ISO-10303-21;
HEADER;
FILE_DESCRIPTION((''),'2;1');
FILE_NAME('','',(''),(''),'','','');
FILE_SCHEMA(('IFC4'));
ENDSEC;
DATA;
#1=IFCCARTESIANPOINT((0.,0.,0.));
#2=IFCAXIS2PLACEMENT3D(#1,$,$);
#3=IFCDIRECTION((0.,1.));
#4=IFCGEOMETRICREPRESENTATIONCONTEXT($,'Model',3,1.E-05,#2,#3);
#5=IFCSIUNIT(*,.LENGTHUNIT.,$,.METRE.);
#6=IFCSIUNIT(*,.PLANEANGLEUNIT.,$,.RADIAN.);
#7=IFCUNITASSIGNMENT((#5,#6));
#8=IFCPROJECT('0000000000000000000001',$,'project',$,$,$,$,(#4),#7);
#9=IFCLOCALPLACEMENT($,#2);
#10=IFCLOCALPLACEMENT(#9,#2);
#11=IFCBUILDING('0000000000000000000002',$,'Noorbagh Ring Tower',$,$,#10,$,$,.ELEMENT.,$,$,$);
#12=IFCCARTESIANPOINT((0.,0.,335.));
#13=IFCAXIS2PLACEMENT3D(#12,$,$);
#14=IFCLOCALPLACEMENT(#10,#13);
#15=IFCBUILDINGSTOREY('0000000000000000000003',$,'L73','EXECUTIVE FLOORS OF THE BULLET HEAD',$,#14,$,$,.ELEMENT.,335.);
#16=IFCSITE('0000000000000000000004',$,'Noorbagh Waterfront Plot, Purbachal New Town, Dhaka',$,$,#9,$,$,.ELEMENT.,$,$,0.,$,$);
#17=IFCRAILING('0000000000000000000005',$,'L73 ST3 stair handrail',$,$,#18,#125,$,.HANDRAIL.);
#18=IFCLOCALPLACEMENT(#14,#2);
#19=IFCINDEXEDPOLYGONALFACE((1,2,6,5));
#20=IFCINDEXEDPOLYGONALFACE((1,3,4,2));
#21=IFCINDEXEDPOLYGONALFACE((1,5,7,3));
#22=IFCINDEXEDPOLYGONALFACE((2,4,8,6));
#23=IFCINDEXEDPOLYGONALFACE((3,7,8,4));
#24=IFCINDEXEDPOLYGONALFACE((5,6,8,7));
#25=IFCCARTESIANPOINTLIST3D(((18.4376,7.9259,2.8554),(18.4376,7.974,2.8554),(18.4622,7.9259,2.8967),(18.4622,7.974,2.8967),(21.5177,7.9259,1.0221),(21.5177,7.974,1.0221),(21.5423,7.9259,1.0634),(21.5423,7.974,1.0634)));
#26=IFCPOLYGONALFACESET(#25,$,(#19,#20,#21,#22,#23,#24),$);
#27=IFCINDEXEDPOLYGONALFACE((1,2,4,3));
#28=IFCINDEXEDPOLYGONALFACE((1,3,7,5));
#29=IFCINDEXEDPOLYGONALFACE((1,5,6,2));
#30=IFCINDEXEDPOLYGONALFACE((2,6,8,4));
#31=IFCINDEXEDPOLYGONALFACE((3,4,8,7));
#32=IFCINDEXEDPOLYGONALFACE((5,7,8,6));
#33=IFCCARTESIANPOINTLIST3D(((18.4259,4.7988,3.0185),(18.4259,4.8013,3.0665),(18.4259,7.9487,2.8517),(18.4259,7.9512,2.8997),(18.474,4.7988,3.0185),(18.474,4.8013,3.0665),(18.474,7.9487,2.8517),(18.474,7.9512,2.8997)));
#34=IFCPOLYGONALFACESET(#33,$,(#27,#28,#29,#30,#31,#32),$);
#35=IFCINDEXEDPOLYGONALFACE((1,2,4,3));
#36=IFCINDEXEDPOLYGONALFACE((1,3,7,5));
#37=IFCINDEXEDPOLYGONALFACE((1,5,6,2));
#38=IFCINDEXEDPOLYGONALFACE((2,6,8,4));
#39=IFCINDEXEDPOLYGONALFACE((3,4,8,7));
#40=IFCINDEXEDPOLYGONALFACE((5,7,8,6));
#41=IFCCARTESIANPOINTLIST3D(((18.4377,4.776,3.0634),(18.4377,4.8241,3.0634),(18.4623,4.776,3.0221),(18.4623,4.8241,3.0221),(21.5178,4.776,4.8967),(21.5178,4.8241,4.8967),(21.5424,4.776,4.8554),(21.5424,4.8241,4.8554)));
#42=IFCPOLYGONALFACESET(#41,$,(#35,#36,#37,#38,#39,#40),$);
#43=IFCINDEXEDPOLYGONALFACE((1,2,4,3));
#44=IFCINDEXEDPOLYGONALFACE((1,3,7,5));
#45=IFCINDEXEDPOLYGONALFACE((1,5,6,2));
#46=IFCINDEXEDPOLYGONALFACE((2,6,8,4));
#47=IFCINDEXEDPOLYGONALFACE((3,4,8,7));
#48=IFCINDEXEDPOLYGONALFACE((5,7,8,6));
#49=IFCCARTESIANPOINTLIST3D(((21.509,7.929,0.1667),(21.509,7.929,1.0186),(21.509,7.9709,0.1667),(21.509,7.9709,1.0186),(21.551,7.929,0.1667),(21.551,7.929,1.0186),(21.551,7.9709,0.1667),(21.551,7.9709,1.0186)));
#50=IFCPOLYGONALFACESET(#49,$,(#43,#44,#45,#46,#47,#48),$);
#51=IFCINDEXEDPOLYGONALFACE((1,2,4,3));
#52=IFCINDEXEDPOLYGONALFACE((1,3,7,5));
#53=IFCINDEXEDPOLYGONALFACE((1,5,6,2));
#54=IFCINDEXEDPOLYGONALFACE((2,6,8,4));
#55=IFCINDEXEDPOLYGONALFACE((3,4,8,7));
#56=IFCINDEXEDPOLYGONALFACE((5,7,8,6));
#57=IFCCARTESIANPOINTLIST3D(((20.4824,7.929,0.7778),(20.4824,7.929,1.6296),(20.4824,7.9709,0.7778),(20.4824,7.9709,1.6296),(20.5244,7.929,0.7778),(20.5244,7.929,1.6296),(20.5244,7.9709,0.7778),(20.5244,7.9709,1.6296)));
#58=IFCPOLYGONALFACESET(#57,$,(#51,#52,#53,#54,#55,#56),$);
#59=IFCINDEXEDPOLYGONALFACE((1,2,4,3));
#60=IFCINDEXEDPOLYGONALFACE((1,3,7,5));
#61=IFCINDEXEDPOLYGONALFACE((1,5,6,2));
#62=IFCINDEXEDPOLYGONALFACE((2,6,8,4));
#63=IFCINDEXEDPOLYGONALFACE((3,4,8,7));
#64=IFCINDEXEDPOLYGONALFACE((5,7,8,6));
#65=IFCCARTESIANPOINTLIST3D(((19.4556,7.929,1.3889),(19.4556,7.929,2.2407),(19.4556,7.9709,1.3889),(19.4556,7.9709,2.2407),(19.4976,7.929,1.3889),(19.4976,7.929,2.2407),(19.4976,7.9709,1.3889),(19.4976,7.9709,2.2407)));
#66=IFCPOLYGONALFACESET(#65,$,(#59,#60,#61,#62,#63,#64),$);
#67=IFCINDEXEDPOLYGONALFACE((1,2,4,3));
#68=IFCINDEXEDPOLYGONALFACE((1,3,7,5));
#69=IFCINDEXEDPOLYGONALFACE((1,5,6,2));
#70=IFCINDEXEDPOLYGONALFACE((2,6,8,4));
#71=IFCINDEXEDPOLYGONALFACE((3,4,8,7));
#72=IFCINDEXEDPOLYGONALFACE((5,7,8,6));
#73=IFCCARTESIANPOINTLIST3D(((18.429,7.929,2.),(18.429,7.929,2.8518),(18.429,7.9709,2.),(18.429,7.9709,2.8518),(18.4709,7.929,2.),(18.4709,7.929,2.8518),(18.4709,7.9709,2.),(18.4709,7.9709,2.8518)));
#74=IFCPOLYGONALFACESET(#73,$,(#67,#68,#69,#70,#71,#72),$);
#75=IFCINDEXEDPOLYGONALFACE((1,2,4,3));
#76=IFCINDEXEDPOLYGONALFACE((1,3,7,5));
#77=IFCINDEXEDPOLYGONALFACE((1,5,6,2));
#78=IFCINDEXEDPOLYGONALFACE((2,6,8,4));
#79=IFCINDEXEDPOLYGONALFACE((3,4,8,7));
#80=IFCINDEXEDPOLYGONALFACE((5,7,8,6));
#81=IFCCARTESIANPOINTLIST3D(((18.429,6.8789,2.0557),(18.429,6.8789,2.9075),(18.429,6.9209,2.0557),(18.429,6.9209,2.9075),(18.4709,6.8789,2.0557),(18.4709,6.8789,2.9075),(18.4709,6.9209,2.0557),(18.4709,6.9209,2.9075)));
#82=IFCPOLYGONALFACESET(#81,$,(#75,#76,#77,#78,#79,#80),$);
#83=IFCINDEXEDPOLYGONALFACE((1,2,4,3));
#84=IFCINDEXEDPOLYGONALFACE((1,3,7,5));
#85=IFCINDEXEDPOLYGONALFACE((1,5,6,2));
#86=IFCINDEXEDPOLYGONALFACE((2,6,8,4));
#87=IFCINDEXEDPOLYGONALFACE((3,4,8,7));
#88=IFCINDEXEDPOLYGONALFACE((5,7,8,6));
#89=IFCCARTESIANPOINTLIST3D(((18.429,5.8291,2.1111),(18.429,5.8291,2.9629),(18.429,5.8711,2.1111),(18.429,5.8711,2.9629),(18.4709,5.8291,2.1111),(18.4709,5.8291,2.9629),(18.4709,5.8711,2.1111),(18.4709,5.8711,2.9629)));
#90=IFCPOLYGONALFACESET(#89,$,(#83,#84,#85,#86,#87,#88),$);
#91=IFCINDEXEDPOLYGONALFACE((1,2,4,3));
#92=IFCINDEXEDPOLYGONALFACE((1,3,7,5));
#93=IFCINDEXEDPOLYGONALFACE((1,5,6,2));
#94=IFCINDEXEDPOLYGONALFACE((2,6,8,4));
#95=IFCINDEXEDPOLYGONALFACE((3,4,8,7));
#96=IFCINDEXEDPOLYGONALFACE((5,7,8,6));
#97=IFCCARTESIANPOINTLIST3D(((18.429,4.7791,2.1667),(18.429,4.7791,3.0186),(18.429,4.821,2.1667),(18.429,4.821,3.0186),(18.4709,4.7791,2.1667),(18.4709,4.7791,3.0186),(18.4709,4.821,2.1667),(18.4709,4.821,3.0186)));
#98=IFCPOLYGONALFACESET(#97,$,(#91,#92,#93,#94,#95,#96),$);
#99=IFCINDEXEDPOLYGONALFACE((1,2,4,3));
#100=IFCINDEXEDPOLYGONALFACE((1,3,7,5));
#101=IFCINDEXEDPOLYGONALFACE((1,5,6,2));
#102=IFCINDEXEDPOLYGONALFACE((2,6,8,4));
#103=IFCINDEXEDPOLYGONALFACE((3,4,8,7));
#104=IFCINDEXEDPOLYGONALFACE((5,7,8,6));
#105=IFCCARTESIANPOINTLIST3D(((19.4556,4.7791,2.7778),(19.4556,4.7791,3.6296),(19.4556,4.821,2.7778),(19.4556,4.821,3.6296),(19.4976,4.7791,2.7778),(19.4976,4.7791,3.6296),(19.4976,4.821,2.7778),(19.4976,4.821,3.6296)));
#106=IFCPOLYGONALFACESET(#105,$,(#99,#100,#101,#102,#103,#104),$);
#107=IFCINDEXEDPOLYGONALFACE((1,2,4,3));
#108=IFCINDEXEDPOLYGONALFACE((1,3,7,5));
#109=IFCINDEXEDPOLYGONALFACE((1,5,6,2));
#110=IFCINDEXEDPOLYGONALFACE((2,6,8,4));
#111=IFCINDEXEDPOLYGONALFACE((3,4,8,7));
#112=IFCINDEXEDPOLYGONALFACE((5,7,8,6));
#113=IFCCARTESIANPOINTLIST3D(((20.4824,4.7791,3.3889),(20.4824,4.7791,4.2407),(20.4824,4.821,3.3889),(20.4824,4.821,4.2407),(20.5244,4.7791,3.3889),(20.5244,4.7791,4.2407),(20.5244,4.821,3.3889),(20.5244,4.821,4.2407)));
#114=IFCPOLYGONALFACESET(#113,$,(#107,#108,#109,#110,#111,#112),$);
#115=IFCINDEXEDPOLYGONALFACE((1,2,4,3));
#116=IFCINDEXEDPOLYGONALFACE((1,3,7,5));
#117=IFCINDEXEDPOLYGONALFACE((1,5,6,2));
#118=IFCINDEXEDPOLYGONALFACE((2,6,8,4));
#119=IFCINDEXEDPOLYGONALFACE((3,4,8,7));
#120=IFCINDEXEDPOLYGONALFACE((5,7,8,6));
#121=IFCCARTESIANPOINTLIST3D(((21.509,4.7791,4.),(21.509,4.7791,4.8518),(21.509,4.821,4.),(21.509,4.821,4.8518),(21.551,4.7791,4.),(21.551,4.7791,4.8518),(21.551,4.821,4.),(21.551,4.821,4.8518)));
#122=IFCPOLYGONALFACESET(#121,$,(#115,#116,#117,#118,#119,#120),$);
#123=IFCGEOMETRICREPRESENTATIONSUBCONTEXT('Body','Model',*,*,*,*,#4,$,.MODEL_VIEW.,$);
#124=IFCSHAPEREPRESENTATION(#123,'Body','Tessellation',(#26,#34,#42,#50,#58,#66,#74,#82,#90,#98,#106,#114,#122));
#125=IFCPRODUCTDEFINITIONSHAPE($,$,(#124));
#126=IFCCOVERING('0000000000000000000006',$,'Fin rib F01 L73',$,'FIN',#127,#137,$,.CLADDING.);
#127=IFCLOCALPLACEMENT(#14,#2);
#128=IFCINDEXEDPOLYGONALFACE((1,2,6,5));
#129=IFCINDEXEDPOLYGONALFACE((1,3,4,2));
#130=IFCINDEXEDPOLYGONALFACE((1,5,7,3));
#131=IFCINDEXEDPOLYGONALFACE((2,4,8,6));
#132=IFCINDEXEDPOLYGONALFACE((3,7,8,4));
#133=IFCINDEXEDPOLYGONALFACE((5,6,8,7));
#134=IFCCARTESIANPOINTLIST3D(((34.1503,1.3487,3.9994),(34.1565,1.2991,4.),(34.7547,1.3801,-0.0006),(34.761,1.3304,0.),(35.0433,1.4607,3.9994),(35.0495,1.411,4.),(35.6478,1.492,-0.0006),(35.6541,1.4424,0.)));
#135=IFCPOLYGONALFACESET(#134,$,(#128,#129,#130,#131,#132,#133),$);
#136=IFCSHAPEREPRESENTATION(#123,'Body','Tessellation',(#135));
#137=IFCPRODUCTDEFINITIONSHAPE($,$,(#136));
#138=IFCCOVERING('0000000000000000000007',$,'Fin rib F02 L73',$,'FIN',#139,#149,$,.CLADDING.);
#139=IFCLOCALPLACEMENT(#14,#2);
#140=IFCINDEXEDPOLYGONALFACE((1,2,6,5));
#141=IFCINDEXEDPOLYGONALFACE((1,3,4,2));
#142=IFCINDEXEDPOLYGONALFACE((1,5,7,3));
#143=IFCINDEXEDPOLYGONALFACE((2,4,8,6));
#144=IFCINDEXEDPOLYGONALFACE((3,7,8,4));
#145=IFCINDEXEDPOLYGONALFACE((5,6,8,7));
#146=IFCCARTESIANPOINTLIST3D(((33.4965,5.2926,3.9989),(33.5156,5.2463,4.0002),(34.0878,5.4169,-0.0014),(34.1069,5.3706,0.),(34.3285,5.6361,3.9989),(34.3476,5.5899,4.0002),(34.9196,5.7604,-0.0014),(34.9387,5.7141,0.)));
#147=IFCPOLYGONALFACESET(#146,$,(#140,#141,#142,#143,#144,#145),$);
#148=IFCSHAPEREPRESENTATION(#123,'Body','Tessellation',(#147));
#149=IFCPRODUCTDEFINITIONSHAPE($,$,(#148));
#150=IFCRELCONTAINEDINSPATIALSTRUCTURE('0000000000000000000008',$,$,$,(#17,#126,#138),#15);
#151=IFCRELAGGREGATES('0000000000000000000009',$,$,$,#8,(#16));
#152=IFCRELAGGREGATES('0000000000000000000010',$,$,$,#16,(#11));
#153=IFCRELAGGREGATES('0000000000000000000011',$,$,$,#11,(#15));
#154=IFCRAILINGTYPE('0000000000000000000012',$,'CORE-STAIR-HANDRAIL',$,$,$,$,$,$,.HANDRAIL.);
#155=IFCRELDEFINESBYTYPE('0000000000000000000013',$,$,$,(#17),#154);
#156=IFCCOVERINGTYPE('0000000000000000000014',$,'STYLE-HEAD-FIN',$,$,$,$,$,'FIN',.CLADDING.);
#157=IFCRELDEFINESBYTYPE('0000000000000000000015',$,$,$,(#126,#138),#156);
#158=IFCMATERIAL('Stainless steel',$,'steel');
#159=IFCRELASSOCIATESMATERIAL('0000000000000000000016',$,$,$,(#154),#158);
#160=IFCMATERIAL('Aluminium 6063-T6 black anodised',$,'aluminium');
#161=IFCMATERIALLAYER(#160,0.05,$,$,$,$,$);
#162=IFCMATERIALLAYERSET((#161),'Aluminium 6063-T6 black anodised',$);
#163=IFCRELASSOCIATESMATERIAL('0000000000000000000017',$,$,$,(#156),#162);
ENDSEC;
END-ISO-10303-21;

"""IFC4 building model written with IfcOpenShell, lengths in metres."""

from ifc_helpers import new_model, si_unit, direction, frame, origin, origin_2d, place, context, subcontext, project, spatial, polyline, rectangle, outline, extrude, material, layer, layer_set, type_object, element, save


model = new_model("IFC4")

# Units and contexts
model_context = context("Model", 3, precision=1e-05, world=origin(), true_north=direction((0.0, 1.0)))
body_context = subcontext(model_context, "Body", "Model", "MODEL_VIEW")
ifc_project = project(units=[si_unit("LENGTHUNIT", "METRE"), si_unit("PLANEANGLEUNIT", "RADIAN")], contexts=[model_context])

# Site, building, storey
site_placement = place(None, origin())
site = spatial("IfcSite", under=ifc_project, at=site_placement, Name="Noorbagh Waterfront Plot, Purbachal New Town, Dhaka", CompositionType="ELEMENT", RefElevation=0.0)
building_placement = place(site_placement, origin())
building = spatial("IfcBuilding", under=site, at=building_placement, Name="Noorbagh Ring Tower", CompositionType="ELEMENT")
storey_placement = place(building_placement, frame((0.0, 0.0, 335.0)))
storey = spatial("IfcBuildingStorey", under=building, at=storey_placement, Name="L73", Description="EXECUTIVE FLOORS OF THE BULLET HEAD", CompositionType="ELEMENT", Elevation=335.0)

# Railing
ifc_material_1 = material(Name="Stainless steel", Category="steel")
railing_type_1 = type_object("IfcRailingType", Name="CORE-STAIR-HANDRAIL", PredefinedType="HANDRAIL", material=ifc_material_1)
railing_1_placement = place(storey_placement, frame((21.53, 7.95, 0.1667)))
element("IfcRailing", 1, at=railing_1_placement, inside=storey, type_object=railing_type_1, Name="L73 ST3 stair handrail", PredefinedType="HANDRAIL", context=body_context, shape_type="SweptSolid", body=[
    extrude(rectangle(XDim=0.0481, YDim=0.0481, at=origin_2d()), frame((0.0, 0.0, 0.876), z_axis=(-0.859309, 0.0, 0.511458), x_axis=(0.0, -1.0, 0.0)), (0.0, 0.0, 1.0), 3.5845),
    extrude(rectangle(XDim=0.0481, YDim=0.0481, at=origin_2d()), frame((-3.0801, 0.0, 2.709), z_axis=(0.0, -0.998602, 0.052864), x_axis=(1.0, 0.0, 0.0)), (0.0, 0.0, 1.0), 3.1543),
    extrude(rectangle(XDim=0.0481, YDim=0.0481, at=origin_2d()), frame((-3.0801, -3.1499, 2.876), z_axis=(0.859309, 0.0, 0.511458), x_axis=(0.0, 1.0, 0.0)), (0.0, 0.0, 1.0), 3.5845),
    extrude(rectangle(XDim=0.042, YDim=0.042, at=origin_2d()), origin(), (0.0, 0.0, 1.0), 0.8518),
    extrude(rectangle(XDim=0.042, YDim=0.042, at=origin_2d()), frame((-1.0266, 0.0, 0.6111)), (0.0, 0.0, 1.0), 0.8518),
    extrude(rectangle(XDim=0.042, YDim=0.042, at=origin_2d()), frame((-2.0535, 0.0, 1.2222)), (0.0, 0.0, 1.0), 0.8518),
    extrude(rectangle(XDim=0.042, YDim=0.042, at=origin_2d()), frame((-3.0801, 0.0, 1.8333)), (0.0, 0.0, 1.0), 0.8518),
    extrude(rectangle(XDim=0.042, YDim=0.042, at=origin_2d()), frame((-3.0801, -1.05, 1.8889)), (0.0, 0.0, 1.0), 0.8518),
    extrude(rectangle(XDim=0.042, YDim=0.042, at=origin_2d()), frame((-3.0801, -2.0999, 1.9443)), (0.0, 0.0, 1.0), 0.8518),
    extrude(rectangle(XDim=0.042, YDim=0.042, at=origin_2d()), frame((-3.0801, -3.1499, 2.0)), (0.0, 0.0, 1.0), 0.8518),
    extrude(rectangle(XDim=0.042, YDim=0.042, at=origin_2d()), frame((-2.0535, -3.1499, 2.6111)), (0.0, 0.0, 1.0), 0.8518),
    extrude(rectangle(XDim=0.042, YDim=0.042, at=origin_2d()), frame((-1.0266, -3.1499, 3.2222)), (0.0, 0.0, 1.0), 0.8518),
    extrude(rectangle(XDim=0.042, YDim=0.042, at=origin_2d()), frame((0.0, -3.1499, 3.8333)), (0.0, 0.0, 1.0), 0.8518),
])

# Coverings
ifc_material_2 = material(Name="Aluminium 6063-T6 black anodised", Category="aluminium")
ifc_layer_1 = layer(ifc_material_2, 0.05)
ifc_layer_set_1 = layer_set([ifc_layer_1], Name="Aluminium 6063-T6 black anodised")
covering_type_1 = type_object("IfcCoveringType", Name="STYLE-HEAD-FIN", ElementType="FIN", PredefinedType="CLADDING", material=ifc_layer_set_1)
covering_1_placement = place(storey_placement, frame((35.6541, 1.4424, 0.0), z_axis=(0.124361, -0.992176, 0.011012), x_axis=(-0.149426, -0.007755, 0.988743)))
element("IfcCovering", 2, at=covering_1_placement, inside=storey, type_object=covering_type_1, Name="Fin rib F01 L73", ObjectType="FIN", PredefinedType="CLADDING", context=body_context, shape_type="SweptSolid", body=[
    extrude(outline(polyline([(0.0, 0.0), (4.0455, 0.0), (4.1799, 0.89), (0.1343, 0.89), (0.0, 0.0)])), origin(), (0.0, 0.0, -1.0), 0.05),
])
covering_2_placement = place(storey_placement, frame((34.9387, 5.7141, 0.0), z_axis=(0.381511, -0.92395, 0.02768), x_axis=(-0.146106, -0.030706, 0.988792)))
element("IfcCovering", 3, at=covering_2_placement, inside=storey, type_object=covering_type_1, Name="Fin rib F02 L73", ObjectType="FIN", PredefinedType="CLADDING", context=body_context, shape_type="SweptSolid", body=[
    extrude(outline(polyline([(0.0, 0.0), (4.0456, 0.0), (4.1777, 0.8904), (0.1321, 0.8902), (0.0, 0.0)])), origin(), (0.0, 0.0, -1.0), 0.05),
])

save(model, "model.ifc")
